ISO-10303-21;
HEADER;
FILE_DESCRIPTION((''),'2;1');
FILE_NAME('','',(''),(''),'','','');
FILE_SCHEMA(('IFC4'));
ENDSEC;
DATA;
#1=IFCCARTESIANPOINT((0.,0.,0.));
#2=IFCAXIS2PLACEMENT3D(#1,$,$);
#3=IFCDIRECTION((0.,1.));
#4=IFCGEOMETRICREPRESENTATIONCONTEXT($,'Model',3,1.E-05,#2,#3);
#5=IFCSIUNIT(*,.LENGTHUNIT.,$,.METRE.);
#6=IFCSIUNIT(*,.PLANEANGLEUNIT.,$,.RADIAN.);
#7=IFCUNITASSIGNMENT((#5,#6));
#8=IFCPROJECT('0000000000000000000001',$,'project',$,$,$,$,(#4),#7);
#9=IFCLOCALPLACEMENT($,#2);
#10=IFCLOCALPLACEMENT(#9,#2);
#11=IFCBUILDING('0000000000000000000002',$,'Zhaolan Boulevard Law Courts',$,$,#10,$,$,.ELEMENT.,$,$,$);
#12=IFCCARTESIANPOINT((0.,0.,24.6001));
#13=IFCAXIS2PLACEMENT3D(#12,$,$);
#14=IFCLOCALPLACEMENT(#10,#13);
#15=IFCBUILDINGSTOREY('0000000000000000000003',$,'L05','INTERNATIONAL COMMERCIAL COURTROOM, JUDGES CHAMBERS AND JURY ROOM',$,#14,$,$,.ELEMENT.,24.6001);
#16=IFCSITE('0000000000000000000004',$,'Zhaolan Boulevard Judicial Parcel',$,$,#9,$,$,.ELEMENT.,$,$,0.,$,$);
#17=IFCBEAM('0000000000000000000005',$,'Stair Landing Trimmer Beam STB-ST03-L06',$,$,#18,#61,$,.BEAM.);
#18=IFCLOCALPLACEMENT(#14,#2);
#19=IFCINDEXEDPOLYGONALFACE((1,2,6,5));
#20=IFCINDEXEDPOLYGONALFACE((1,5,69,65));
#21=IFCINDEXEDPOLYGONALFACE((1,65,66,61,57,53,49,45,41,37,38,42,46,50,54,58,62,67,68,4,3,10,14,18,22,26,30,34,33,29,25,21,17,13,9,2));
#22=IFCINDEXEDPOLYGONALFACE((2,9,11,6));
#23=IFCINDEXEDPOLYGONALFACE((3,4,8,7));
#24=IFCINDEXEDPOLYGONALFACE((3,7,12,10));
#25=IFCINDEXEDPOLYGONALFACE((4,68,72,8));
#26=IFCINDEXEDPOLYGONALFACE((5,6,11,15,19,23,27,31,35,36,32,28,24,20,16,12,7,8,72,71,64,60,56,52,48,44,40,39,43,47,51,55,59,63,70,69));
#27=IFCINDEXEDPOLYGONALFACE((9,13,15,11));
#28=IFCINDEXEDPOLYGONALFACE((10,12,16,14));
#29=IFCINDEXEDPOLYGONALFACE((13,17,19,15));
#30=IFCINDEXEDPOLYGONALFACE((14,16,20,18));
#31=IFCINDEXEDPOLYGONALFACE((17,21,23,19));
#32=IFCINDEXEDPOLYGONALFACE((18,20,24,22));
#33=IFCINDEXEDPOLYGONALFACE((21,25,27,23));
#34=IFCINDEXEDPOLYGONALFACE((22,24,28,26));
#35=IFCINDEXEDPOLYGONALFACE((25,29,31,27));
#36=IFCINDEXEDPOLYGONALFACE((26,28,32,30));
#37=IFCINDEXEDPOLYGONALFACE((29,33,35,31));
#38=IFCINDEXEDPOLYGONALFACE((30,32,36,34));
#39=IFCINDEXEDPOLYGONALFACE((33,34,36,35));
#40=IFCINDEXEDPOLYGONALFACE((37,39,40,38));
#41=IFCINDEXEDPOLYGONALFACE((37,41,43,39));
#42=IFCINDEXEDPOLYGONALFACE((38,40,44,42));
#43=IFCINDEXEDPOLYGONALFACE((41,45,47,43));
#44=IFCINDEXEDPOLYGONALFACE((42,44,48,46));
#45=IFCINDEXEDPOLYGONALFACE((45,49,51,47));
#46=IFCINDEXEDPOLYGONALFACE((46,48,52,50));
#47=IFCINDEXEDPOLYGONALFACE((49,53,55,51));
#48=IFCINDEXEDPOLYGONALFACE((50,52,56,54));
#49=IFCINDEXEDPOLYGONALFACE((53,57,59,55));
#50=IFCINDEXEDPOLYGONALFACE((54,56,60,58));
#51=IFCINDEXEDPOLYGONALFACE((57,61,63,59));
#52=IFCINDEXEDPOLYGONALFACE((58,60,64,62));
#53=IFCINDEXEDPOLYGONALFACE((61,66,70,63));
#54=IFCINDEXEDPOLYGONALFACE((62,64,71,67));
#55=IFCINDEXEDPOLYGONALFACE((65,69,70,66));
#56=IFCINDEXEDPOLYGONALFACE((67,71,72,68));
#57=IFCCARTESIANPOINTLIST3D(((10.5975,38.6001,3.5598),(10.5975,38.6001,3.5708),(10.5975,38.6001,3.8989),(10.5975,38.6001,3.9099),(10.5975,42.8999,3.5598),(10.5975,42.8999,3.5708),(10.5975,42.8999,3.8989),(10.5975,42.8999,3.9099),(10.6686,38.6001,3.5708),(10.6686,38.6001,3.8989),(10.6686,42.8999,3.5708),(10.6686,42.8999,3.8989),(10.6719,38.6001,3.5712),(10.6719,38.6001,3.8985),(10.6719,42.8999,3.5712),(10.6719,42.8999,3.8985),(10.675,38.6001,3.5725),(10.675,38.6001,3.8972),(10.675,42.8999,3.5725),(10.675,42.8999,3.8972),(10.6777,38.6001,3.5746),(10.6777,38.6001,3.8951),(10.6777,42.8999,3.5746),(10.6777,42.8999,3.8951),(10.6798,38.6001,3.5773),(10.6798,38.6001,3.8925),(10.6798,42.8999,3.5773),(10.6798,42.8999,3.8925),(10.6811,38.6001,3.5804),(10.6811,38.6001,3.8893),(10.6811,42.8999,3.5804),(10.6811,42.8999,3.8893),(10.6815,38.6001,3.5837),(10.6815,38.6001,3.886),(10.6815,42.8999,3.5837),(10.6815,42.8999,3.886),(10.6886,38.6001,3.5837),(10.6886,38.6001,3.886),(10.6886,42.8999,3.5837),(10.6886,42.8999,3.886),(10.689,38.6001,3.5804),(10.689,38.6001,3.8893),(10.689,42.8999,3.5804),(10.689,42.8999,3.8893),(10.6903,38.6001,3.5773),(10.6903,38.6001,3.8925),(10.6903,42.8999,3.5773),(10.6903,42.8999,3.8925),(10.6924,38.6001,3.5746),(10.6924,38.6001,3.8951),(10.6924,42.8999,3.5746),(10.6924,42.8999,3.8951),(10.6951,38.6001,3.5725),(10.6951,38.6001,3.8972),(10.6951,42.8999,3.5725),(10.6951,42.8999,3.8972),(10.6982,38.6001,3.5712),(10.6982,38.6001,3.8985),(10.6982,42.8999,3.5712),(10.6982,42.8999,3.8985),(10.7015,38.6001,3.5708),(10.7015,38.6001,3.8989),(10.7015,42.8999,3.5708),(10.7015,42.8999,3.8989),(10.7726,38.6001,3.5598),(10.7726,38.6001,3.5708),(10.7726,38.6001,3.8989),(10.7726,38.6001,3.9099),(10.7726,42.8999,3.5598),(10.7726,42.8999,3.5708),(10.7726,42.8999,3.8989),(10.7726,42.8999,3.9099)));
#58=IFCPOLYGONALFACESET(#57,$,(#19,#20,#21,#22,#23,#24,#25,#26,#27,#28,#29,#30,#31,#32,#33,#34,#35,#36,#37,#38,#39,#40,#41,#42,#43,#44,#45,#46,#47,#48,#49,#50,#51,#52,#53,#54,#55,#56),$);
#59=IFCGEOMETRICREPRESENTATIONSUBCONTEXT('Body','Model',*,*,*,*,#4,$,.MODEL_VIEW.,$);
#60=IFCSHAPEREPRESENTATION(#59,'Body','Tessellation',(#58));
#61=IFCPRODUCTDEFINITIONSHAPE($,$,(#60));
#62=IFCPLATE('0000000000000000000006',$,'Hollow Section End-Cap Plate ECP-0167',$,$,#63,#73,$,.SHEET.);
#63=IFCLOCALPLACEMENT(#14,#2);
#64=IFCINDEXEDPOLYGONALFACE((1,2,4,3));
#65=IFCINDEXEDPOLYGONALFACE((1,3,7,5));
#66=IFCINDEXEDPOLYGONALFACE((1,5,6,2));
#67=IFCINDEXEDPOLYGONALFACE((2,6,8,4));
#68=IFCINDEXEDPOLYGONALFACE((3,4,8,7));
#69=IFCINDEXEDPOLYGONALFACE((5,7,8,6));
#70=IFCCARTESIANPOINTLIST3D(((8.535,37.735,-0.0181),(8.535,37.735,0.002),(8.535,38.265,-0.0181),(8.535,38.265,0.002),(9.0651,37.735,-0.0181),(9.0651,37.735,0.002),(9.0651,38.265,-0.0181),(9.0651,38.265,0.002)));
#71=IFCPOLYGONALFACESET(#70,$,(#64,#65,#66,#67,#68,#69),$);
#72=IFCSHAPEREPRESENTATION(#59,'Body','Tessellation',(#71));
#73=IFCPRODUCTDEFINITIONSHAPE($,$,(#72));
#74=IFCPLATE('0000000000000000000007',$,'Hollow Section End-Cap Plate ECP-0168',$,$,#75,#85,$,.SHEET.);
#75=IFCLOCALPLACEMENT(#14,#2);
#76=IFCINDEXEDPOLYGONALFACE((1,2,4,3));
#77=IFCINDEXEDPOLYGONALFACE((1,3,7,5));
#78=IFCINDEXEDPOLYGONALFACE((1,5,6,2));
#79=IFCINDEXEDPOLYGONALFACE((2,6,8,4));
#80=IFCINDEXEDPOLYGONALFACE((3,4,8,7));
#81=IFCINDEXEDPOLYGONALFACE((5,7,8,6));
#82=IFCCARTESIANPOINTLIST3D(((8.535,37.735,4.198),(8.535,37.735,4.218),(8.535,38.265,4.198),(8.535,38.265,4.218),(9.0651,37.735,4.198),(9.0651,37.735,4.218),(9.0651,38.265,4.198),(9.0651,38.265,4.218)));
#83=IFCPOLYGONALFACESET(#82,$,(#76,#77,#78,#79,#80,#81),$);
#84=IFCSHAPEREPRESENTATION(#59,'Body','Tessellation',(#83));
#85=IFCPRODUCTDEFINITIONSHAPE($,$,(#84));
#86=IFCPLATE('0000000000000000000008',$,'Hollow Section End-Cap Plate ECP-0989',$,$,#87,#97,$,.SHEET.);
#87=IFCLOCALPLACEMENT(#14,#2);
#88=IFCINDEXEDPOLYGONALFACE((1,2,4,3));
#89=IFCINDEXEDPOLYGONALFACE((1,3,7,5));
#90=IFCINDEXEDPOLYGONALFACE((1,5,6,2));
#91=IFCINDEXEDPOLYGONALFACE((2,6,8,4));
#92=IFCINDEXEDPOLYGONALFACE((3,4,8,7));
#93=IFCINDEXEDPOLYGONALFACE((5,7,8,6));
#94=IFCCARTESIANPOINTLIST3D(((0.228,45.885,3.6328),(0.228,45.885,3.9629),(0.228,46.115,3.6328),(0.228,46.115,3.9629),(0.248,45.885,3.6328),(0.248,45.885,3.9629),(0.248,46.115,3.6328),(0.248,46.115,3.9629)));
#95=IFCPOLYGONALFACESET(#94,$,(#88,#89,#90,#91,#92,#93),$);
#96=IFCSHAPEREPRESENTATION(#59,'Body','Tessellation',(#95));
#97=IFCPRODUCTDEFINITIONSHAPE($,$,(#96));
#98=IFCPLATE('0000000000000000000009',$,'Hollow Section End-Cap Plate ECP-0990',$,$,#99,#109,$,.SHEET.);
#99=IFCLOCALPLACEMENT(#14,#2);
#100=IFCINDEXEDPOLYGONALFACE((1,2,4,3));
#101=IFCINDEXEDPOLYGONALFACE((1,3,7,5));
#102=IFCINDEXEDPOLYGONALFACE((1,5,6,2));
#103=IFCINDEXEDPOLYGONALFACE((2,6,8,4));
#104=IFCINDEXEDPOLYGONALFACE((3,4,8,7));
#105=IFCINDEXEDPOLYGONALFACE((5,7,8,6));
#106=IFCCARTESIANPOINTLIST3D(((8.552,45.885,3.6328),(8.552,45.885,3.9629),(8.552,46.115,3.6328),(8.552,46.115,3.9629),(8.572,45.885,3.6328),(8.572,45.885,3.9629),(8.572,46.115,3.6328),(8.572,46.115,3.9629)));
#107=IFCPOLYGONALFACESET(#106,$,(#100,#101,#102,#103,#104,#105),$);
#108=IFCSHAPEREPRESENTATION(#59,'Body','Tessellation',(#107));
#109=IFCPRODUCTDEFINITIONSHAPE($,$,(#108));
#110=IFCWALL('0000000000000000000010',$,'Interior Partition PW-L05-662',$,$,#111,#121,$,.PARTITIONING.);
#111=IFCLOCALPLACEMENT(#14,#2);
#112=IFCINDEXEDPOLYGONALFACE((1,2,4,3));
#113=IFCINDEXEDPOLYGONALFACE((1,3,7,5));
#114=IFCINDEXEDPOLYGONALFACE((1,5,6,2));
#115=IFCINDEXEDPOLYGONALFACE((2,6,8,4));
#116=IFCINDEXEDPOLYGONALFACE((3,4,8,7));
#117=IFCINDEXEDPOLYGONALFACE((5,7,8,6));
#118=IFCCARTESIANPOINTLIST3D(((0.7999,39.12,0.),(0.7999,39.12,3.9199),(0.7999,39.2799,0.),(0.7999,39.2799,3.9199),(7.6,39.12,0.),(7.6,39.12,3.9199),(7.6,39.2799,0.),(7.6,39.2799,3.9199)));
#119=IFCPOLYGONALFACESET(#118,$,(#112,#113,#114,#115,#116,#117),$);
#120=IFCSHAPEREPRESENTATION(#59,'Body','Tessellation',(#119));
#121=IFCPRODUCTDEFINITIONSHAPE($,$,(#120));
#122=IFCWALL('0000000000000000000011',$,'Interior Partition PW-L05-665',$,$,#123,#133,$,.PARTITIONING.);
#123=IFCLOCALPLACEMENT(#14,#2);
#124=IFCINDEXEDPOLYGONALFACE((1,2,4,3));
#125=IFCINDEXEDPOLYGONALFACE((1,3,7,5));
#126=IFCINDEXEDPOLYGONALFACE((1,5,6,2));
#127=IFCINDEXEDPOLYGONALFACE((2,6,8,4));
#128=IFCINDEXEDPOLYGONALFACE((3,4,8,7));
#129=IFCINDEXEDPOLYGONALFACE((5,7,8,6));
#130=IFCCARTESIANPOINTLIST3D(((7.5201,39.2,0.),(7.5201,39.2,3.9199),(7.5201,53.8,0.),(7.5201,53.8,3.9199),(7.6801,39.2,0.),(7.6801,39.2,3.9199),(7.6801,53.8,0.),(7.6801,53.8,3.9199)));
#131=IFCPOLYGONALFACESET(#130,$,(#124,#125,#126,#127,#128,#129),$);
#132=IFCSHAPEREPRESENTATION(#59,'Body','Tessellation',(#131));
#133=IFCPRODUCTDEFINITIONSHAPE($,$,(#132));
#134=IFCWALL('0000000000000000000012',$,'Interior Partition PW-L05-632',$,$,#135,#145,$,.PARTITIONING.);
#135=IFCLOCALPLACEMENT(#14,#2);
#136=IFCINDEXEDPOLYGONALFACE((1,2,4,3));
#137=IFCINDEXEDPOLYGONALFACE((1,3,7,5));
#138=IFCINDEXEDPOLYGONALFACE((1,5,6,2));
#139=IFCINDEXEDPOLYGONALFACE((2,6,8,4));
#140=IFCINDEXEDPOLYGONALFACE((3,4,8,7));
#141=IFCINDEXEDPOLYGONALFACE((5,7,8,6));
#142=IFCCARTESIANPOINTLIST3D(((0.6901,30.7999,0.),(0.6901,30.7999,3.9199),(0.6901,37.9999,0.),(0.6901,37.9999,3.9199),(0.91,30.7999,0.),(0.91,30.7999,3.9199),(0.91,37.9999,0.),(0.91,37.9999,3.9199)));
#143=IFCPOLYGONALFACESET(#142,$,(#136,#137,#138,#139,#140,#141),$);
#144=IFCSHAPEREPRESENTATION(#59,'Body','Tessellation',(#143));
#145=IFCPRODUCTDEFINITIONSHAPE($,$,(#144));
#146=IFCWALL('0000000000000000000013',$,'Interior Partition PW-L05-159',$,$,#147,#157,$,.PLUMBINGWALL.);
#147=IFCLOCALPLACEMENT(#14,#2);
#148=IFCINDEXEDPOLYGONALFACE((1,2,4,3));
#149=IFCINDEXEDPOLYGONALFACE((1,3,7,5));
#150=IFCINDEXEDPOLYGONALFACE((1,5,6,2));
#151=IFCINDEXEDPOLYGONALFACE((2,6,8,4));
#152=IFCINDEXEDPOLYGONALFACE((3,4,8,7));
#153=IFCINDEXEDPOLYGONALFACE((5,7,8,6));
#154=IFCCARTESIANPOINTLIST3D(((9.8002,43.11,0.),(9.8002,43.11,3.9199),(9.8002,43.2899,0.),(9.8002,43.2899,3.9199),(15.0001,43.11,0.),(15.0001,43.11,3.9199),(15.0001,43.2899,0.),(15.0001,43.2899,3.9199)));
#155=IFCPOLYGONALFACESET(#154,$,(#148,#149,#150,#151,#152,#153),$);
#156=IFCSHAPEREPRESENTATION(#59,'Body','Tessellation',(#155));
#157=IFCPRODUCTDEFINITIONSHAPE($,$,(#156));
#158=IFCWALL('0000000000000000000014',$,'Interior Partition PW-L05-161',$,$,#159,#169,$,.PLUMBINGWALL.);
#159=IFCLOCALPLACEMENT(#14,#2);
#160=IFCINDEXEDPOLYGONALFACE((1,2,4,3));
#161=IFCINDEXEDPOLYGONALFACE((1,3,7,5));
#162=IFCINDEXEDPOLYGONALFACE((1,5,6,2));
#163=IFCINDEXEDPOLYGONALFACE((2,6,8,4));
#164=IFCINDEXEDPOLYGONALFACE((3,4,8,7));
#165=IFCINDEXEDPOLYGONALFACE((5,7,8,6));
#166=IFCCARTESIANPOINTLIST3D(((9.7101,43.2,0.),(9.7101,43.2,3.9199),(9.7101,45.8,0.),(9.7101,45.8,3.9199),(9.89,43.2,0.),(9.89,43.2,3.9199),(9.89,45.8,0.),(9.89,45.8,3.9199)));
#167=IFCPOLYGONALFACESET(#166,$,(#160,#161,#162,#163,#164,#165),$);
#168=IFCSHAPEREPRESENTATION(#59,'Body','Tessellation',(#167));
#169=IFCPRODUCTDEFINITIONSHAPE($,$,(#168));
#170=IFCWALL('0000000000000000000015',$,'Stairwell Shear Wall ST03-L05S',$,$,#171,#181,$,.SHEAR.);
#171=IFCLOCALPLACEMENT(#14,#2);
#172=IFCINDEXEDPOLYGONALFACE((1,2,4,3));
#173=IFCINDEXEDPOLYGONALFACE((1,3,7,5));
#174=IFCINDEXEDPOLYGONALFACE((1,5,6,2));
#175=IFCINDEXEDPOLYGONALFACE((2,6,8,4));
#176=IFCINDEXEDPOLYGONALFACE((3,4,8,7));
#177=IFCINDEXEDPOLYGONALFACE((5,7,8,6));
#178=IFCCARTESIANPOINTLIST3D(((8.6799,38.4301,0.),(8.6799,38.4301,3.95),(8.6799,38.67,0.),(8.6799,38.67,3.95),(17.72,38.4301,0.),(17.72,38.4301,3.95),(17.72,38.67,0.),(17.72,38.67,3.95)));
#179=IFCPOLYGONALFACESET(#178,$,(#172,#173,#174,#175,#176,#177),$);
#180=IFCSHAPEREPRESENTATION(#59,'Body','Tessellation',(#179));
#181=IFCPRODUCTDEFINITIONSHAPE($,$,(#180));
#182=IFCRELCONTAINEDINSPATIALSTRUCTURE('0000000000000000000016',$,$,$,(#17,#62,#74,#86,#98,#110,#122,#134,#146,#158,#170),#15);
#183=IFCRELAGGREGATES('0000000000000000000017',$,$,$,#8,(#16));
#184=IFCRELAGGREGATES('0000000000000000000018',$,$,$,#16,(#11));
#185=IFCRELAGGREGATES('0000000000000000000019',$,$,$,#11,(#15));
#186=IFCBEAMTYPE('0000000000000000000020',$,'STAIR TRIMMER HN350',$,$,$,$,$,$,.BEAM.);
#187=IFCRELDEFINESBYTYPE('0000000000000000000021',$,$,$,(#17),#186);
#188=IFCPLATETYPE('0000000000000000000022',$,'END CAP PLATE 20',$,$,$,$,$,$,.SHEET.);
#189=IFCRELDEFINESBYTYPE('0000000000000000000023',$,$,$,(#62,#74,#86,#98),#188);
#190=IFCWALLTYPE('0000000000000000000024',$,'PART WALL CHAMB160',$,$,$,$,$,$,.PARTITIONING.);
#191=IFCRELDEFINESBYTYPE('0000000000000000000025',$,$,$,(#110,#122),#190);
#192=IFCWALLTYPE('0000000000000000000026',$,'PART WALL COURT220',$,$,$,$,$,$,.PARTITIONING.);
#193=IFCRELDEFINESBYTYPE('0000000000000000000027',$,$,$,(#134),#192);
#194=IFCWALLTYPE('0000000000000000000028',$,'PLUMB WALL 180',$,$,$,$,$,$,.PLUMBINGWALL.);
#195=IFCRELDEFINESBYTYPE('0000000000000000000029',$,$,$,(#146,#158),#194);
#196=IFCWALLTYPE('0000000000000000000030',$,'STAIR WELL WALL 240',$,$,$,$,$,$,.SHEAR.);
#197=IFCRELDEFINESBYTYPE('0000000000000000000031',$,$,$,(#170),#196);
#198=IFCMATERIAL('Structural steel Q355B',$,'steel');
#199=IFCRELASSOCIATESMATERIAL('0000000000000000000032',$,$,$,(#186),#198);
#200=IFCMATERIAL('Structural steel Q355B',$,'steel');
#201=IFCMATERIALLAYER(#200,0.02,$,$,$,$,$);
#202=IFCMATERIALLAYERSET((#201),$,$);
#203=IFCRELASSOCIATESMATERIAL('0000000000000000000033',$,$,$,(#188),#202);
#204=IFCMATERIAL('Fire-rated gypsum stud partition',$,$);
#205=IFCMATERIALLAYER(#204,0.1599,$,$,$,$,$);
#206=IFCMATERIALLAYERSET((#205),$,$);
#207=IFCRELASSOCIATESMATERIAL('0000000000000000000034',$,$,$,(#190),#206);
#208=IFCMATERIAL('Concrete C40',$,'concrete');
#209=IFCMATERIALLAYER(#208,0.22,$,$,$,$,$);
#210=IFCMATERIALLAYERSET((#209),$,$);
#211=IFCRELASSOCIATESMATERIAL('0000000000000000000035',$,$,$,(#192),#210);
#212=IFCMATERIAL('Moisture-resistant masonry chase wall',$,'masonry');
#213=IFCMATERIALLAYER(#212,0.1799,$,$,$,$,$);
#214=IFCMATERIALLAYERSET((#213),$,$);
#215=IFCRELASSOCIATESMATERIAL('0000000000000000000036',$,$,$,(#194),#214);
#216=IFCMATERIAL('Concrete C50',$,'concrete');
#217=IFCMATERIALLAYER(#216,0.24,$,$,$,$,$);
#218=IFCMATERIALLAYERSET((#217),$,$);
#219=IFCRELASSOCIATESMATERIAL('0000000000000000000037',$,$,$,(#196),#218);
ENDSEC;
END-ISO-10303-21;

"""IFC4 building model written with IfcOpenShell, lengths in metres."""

from ifc_helpers import new_model, si_unit, direction, frame, frame_2d, origin, origin_2d, place, context, subcontext, project, spatial, rectangle, i_section, extrude, material, layer, layer_set, material_profile, profile_set, type_object, element, save


model = new_model("IFC4")

# Units and contexts
model_context = context("Model", 3, precision=1e-05, world=origin(), true_north=direction((0.0, 1.0)))
body_context = subcontext(model_context, "Body", "Model", "MODEL_VIEW")
ifc_project = project(units=[si_unit("LENGTHUNIT", "METRE"), si_unit("PLANEANGLEUNIT", "RADIAN")], contexts=[model_context])

# Site, building, storey
site_placement = place(None, origin())
site = spatial("IfcSite", under=ifc_project, at=site_placement, Name="Zhaolan Boulevard Judicial Parcel", CompositionType="ELEMENT", RefElevation=0.0)
building_placement = place(site_placement, origin())
building = spatial("IfcBuilding", under=site, at=building_placement, Name="Zhaolan Boulevard Law Courts", CompositionType="ELEMENT")
storey_placement = place(building_placement, frame((0.0, 0.0, 24.6001)))
storey = spatial("IfcBuildingStorey", under=building, at=storey_placement, Name="L05", Description="INTERNATIONAL COMMERCIAL COURTROOM, JUDGES CHAMBERS AND JURY ROOM", CompositionType="ELEMENT", Elevation=24.6001)

# Beam
ifc_material_1 = material(Name="Structural steel Q355B", Category="steel")
ifc_material_profile_1 = material_profile(ifc_material_1, i_section(OverallWidth=0.175, OverallDepth=0.3501, WebThickness=0.0071, FlangeThickness=0.011, FilletRadius=0.0129, at=origin_2d()), Name="HN350x175")
ifc_profile_set_1 = profile_set([ifc_material_profile_1], Name="Structural steel Q355B")
beam_type_1 = type_object("IfcBeamType", Name="STAIR TRIMMER HN350", PredefinedType="BEAM", material=ifc_profile_set_1)
beam_1_placement = place(storey_placement, frame((10.6851, 38.6001, 3.7349), z_axis=(0.0, 1.0, 0.0), x_axis=(-1.0, 0.0, 0.0)))
element("IfcBeam", 1, at=beam_1_placement, inside=storey, type_object=beam_type_1, Name="Stair Landing Trimmer Beam STB-ST03-L06", PredefinedType="BEAM", context=body_context, shape_type="SweptSolid", body=[
    extrude(i_section(OverallWidth=0.175, OverallDepth=0.3501, WebThickness=0.0071, FlangeThickness=0.011, FilletRadius=0.0129, at=origin_2d()), origin(), (0.0, 0.0, 1.0), 4.2998),
])

# Plates
ifc_material_2 = material(Name="Structural steel Q355B", Category="steel")
ifc_layer_1 = layer(ifc_material_2, 0.02)
ifc_layer_set_1 = layer_set([ifc_layer_1])
plate_type = type_object("IfcPlateType", Name="END CAP PLATE 20", PredefinedType="SHEET", material=ifc_layer_set_1)
for number, where, z_axis, x_axis, name in (
    (2, (8.8, 38.0, -0.0181), (0.0, 0.0, 1.0), (1.0, 0.0, 0.0), "Hollow Section End-Cap Plate ECP-0167"),
    (3, (8.8, 38.0, 4.198), (0.0, 0.0, 1.0), (1.0, 0.0, 0.0), "Hollow Section End-Cap Plate ECP-0168"),
):
    element("IfcPlate", number, at=place(storey_placement, frame(where, z_axis=z_axis, x_axis=x_axis)), inside=storey, type_object=plate_type, Name=name, PredefinedType="SHEET", context=body_context, shape_type="SweptSolid", body=[
        extrude(rectangle(XDim=0.53, YDim=0.53, at=origin_2d()), origin(), (0.0, 0.0, 1.0), 0.02),
    ])
for number, where, z_axis, x_axis, name in (
    (4, (0.238, 46.0, 3.6328), (0.0, 0.0, 1.0), (1.0, 0.0, 0.0), "Hollow Section End-Cap Plate ECP-0989"),
    (5, (8.562, 46.0, 3.6328), (0.0, 0.0, 1.0), (1.0, 0.0, 0.0), "Hollow Section End-Cap Plate ECP-0990"),
):
    element("IfcPlate", number, at=place(storey_placement, frame(where, z_axis=z_axis, x_axis=x_axis)), inside=storey, type_object=plate_type, Name=name, PredefinedType="SHEET", context=body_context, shape_type="SweptSolid", body=[
        extrude(rectangle(XDim=0.02, YDim=0.23, at=origin_2d()), origin(), (0.0, 0.0, 1.0), 0.3301),
    ])

# Walls
ifc_material_3 = material(Name="Fire-rated gypsum stud partition")
ifc_layer_2 = layer(ifc_material_3, 0.1599)
ifc_layer_set_2 = layer_set([ifc_layer_2])
wall_type_1 = type_object("IfcWallType", Name="PART WALL CHAMB160", PredefinedType="PARTITIONING", material=ifc_layer_set_2)
wall_1_placement = place(storey_placement, frame((0.8, 39.2, 0.0), z_axis=(0.0, 0.0, 1.0), x_axis=(1.0, 0.0, 0.0)))
element("IfcWall", 6, at=wall_1_placement, inside=storey, type_object=wall_type_1, Name="Interior Partition PW-L05-662", PredefinedType="PARTITIONING", context=body_context, shape_type="SweptSolid", body=[
    extrude(rectangle(XDim=6.8, YDim=0.1599, at=frame_2d((3.3999, 0.0))), origin(), (0.0, 0.0, 1.0), 3.9199),
])
wall_2_placement = place(storey_placement, frame((7.6001, 39.2, 0.0), z_axis=(0.0, 0.0, 1.0), x_axis=(0.0, 1.0, 0.0)))
element("IfcWall", 7, at=wall_2_placement, inside=storey, type_object=wall_type_1, Name="Interior Partition PW-L05-665", PredefinedType="PARTITIONING", context=body_context, shape_type="SweptSolid", body=[
    extrude(rectangle(XDim=14.6001, YDim=0.1599, at=frame_2d((7.3, 0.0))), origin(), (0.0, 0.0, 1.0), 3.9199),
])
ifc_material_4 = material(Name="Concrete C40", Category="concrete")
ifc_layer_3 = layer(ifc_material_4, 0.22)
ifc_layer_set_3 = layer_set([ifc_layer_3])
wall_type_2 = type_object("IfcWallType", Name="PART WALL COURT220", PredefinedType="PARTITIONING", material=ifc_layer_set_3)
wall_3_placement = place(storey_placement, frame((0.8, 38.0, 0.0), z_axis=(0.0, 0.0, 1.0), x_axis=(0.0, -1.0, 0.0)))
element("IfcWall", 8, at=wall_3_placement, inside=storey, type_object=wall_type_2, Name="Interior Partition PW-L05-632", PredefinedType="PARTITIONING", context=body_context, shape_type="SweptSolid", body=[
    extrude(rectangle(XDim=7.2, YDim=0.22, at=frame_2d((3.6001, 0.0))), origin(), (0.0, 0.0, 1.0), 3.9199),
])
ifc_material_5 = material(Name="Moisture-resistant masonry chase wall", Category="masonry")
ifc_layer_4 = layer(ifc_material_5, 0.1799)
ifc_layer_set_4 = layer_set([ifc_layer_4])
wall_type_3 = type_object("IfcWallType", Name="PLUMB WALL 180", PredefinedType="PLUMBINGWALL", material=ifc_layer_set_4)
wall_4_placement = place(storey_placement, frame((9.8, 43.2, 0.0), z_axis=(0.0, 0.0, 1.0), x_axis=(1.0, 0.0, 0.0)))
element("IfcWall", 9, at=wall_4_placement, inside=storey, type_object=wall_type_3, Name="Interior Partition PW-L05-159", PredefinedType="PLUMBINGWALL", context=body_context, shape_type="SweptSolid", body=[
    extrude(rectangle(XDim=5.2, YDim=0.1799, at=frame_2d((2.6001, 0.0))), origin(), (0.0, 0.0, 1.0), 3.9199),
])
wall_5_placement = place(storey_placement, frame((9.8, 45.8, 0.0), z_axis=(0.0, 0.0, 1.0), x_axis=(0.0, -1.0, 0.0)))
element("IfcWall", 10, at=wall_5_placement, inside=storey, type_object=wall_type_3, Name="Interior Partition PW-L05-161", PredefinedType="PLUMBINGWALL", context=body_context, shape_type="SweptSolid", body=[
    extrude(rectangle(XDim=2.6001, YDim=0.1799, at=frame_2d((1.3, 0.0))), origin(), (0.0, 0.0, 1.0), 3.9199),
])
ifc_material_6 = material(Name="Concrete C50", Category="concrete")
ifc_layer_5 = layer(ifc_material_6, 0.24)
ifc_layer_set_5 = layer_set([ifc_layer_5])
wall_type_4 = type_object("IfcWallType", Name="STAIR WELL WALL 240", PredefinedType="SHEAR", material=ifc_layer_set_5)
wall_6_placement = place(storey_placement, frame((8.6799, 38.55, 0.0), z_axis=(0.0, 0.0, 1.0), x_axis=(1.0, 0.0, 0.0)))
element("IfcWall", 11, at=wall_6_placement, inside=storey, type_object=wall_type_4, Name="Stairwell Shear Wall ST03-L05S", PredefinedType="SHEAR", context=body_context, shape_type="SweptSolid", body=[
    extrude(rectangle(XDim=9.04, YDim=0.24, at=frame_2d((4.52, 0.0))), origin(), (0.0, 0.0, 1.0), 3.95),
])

save(model, "model.ifc")
